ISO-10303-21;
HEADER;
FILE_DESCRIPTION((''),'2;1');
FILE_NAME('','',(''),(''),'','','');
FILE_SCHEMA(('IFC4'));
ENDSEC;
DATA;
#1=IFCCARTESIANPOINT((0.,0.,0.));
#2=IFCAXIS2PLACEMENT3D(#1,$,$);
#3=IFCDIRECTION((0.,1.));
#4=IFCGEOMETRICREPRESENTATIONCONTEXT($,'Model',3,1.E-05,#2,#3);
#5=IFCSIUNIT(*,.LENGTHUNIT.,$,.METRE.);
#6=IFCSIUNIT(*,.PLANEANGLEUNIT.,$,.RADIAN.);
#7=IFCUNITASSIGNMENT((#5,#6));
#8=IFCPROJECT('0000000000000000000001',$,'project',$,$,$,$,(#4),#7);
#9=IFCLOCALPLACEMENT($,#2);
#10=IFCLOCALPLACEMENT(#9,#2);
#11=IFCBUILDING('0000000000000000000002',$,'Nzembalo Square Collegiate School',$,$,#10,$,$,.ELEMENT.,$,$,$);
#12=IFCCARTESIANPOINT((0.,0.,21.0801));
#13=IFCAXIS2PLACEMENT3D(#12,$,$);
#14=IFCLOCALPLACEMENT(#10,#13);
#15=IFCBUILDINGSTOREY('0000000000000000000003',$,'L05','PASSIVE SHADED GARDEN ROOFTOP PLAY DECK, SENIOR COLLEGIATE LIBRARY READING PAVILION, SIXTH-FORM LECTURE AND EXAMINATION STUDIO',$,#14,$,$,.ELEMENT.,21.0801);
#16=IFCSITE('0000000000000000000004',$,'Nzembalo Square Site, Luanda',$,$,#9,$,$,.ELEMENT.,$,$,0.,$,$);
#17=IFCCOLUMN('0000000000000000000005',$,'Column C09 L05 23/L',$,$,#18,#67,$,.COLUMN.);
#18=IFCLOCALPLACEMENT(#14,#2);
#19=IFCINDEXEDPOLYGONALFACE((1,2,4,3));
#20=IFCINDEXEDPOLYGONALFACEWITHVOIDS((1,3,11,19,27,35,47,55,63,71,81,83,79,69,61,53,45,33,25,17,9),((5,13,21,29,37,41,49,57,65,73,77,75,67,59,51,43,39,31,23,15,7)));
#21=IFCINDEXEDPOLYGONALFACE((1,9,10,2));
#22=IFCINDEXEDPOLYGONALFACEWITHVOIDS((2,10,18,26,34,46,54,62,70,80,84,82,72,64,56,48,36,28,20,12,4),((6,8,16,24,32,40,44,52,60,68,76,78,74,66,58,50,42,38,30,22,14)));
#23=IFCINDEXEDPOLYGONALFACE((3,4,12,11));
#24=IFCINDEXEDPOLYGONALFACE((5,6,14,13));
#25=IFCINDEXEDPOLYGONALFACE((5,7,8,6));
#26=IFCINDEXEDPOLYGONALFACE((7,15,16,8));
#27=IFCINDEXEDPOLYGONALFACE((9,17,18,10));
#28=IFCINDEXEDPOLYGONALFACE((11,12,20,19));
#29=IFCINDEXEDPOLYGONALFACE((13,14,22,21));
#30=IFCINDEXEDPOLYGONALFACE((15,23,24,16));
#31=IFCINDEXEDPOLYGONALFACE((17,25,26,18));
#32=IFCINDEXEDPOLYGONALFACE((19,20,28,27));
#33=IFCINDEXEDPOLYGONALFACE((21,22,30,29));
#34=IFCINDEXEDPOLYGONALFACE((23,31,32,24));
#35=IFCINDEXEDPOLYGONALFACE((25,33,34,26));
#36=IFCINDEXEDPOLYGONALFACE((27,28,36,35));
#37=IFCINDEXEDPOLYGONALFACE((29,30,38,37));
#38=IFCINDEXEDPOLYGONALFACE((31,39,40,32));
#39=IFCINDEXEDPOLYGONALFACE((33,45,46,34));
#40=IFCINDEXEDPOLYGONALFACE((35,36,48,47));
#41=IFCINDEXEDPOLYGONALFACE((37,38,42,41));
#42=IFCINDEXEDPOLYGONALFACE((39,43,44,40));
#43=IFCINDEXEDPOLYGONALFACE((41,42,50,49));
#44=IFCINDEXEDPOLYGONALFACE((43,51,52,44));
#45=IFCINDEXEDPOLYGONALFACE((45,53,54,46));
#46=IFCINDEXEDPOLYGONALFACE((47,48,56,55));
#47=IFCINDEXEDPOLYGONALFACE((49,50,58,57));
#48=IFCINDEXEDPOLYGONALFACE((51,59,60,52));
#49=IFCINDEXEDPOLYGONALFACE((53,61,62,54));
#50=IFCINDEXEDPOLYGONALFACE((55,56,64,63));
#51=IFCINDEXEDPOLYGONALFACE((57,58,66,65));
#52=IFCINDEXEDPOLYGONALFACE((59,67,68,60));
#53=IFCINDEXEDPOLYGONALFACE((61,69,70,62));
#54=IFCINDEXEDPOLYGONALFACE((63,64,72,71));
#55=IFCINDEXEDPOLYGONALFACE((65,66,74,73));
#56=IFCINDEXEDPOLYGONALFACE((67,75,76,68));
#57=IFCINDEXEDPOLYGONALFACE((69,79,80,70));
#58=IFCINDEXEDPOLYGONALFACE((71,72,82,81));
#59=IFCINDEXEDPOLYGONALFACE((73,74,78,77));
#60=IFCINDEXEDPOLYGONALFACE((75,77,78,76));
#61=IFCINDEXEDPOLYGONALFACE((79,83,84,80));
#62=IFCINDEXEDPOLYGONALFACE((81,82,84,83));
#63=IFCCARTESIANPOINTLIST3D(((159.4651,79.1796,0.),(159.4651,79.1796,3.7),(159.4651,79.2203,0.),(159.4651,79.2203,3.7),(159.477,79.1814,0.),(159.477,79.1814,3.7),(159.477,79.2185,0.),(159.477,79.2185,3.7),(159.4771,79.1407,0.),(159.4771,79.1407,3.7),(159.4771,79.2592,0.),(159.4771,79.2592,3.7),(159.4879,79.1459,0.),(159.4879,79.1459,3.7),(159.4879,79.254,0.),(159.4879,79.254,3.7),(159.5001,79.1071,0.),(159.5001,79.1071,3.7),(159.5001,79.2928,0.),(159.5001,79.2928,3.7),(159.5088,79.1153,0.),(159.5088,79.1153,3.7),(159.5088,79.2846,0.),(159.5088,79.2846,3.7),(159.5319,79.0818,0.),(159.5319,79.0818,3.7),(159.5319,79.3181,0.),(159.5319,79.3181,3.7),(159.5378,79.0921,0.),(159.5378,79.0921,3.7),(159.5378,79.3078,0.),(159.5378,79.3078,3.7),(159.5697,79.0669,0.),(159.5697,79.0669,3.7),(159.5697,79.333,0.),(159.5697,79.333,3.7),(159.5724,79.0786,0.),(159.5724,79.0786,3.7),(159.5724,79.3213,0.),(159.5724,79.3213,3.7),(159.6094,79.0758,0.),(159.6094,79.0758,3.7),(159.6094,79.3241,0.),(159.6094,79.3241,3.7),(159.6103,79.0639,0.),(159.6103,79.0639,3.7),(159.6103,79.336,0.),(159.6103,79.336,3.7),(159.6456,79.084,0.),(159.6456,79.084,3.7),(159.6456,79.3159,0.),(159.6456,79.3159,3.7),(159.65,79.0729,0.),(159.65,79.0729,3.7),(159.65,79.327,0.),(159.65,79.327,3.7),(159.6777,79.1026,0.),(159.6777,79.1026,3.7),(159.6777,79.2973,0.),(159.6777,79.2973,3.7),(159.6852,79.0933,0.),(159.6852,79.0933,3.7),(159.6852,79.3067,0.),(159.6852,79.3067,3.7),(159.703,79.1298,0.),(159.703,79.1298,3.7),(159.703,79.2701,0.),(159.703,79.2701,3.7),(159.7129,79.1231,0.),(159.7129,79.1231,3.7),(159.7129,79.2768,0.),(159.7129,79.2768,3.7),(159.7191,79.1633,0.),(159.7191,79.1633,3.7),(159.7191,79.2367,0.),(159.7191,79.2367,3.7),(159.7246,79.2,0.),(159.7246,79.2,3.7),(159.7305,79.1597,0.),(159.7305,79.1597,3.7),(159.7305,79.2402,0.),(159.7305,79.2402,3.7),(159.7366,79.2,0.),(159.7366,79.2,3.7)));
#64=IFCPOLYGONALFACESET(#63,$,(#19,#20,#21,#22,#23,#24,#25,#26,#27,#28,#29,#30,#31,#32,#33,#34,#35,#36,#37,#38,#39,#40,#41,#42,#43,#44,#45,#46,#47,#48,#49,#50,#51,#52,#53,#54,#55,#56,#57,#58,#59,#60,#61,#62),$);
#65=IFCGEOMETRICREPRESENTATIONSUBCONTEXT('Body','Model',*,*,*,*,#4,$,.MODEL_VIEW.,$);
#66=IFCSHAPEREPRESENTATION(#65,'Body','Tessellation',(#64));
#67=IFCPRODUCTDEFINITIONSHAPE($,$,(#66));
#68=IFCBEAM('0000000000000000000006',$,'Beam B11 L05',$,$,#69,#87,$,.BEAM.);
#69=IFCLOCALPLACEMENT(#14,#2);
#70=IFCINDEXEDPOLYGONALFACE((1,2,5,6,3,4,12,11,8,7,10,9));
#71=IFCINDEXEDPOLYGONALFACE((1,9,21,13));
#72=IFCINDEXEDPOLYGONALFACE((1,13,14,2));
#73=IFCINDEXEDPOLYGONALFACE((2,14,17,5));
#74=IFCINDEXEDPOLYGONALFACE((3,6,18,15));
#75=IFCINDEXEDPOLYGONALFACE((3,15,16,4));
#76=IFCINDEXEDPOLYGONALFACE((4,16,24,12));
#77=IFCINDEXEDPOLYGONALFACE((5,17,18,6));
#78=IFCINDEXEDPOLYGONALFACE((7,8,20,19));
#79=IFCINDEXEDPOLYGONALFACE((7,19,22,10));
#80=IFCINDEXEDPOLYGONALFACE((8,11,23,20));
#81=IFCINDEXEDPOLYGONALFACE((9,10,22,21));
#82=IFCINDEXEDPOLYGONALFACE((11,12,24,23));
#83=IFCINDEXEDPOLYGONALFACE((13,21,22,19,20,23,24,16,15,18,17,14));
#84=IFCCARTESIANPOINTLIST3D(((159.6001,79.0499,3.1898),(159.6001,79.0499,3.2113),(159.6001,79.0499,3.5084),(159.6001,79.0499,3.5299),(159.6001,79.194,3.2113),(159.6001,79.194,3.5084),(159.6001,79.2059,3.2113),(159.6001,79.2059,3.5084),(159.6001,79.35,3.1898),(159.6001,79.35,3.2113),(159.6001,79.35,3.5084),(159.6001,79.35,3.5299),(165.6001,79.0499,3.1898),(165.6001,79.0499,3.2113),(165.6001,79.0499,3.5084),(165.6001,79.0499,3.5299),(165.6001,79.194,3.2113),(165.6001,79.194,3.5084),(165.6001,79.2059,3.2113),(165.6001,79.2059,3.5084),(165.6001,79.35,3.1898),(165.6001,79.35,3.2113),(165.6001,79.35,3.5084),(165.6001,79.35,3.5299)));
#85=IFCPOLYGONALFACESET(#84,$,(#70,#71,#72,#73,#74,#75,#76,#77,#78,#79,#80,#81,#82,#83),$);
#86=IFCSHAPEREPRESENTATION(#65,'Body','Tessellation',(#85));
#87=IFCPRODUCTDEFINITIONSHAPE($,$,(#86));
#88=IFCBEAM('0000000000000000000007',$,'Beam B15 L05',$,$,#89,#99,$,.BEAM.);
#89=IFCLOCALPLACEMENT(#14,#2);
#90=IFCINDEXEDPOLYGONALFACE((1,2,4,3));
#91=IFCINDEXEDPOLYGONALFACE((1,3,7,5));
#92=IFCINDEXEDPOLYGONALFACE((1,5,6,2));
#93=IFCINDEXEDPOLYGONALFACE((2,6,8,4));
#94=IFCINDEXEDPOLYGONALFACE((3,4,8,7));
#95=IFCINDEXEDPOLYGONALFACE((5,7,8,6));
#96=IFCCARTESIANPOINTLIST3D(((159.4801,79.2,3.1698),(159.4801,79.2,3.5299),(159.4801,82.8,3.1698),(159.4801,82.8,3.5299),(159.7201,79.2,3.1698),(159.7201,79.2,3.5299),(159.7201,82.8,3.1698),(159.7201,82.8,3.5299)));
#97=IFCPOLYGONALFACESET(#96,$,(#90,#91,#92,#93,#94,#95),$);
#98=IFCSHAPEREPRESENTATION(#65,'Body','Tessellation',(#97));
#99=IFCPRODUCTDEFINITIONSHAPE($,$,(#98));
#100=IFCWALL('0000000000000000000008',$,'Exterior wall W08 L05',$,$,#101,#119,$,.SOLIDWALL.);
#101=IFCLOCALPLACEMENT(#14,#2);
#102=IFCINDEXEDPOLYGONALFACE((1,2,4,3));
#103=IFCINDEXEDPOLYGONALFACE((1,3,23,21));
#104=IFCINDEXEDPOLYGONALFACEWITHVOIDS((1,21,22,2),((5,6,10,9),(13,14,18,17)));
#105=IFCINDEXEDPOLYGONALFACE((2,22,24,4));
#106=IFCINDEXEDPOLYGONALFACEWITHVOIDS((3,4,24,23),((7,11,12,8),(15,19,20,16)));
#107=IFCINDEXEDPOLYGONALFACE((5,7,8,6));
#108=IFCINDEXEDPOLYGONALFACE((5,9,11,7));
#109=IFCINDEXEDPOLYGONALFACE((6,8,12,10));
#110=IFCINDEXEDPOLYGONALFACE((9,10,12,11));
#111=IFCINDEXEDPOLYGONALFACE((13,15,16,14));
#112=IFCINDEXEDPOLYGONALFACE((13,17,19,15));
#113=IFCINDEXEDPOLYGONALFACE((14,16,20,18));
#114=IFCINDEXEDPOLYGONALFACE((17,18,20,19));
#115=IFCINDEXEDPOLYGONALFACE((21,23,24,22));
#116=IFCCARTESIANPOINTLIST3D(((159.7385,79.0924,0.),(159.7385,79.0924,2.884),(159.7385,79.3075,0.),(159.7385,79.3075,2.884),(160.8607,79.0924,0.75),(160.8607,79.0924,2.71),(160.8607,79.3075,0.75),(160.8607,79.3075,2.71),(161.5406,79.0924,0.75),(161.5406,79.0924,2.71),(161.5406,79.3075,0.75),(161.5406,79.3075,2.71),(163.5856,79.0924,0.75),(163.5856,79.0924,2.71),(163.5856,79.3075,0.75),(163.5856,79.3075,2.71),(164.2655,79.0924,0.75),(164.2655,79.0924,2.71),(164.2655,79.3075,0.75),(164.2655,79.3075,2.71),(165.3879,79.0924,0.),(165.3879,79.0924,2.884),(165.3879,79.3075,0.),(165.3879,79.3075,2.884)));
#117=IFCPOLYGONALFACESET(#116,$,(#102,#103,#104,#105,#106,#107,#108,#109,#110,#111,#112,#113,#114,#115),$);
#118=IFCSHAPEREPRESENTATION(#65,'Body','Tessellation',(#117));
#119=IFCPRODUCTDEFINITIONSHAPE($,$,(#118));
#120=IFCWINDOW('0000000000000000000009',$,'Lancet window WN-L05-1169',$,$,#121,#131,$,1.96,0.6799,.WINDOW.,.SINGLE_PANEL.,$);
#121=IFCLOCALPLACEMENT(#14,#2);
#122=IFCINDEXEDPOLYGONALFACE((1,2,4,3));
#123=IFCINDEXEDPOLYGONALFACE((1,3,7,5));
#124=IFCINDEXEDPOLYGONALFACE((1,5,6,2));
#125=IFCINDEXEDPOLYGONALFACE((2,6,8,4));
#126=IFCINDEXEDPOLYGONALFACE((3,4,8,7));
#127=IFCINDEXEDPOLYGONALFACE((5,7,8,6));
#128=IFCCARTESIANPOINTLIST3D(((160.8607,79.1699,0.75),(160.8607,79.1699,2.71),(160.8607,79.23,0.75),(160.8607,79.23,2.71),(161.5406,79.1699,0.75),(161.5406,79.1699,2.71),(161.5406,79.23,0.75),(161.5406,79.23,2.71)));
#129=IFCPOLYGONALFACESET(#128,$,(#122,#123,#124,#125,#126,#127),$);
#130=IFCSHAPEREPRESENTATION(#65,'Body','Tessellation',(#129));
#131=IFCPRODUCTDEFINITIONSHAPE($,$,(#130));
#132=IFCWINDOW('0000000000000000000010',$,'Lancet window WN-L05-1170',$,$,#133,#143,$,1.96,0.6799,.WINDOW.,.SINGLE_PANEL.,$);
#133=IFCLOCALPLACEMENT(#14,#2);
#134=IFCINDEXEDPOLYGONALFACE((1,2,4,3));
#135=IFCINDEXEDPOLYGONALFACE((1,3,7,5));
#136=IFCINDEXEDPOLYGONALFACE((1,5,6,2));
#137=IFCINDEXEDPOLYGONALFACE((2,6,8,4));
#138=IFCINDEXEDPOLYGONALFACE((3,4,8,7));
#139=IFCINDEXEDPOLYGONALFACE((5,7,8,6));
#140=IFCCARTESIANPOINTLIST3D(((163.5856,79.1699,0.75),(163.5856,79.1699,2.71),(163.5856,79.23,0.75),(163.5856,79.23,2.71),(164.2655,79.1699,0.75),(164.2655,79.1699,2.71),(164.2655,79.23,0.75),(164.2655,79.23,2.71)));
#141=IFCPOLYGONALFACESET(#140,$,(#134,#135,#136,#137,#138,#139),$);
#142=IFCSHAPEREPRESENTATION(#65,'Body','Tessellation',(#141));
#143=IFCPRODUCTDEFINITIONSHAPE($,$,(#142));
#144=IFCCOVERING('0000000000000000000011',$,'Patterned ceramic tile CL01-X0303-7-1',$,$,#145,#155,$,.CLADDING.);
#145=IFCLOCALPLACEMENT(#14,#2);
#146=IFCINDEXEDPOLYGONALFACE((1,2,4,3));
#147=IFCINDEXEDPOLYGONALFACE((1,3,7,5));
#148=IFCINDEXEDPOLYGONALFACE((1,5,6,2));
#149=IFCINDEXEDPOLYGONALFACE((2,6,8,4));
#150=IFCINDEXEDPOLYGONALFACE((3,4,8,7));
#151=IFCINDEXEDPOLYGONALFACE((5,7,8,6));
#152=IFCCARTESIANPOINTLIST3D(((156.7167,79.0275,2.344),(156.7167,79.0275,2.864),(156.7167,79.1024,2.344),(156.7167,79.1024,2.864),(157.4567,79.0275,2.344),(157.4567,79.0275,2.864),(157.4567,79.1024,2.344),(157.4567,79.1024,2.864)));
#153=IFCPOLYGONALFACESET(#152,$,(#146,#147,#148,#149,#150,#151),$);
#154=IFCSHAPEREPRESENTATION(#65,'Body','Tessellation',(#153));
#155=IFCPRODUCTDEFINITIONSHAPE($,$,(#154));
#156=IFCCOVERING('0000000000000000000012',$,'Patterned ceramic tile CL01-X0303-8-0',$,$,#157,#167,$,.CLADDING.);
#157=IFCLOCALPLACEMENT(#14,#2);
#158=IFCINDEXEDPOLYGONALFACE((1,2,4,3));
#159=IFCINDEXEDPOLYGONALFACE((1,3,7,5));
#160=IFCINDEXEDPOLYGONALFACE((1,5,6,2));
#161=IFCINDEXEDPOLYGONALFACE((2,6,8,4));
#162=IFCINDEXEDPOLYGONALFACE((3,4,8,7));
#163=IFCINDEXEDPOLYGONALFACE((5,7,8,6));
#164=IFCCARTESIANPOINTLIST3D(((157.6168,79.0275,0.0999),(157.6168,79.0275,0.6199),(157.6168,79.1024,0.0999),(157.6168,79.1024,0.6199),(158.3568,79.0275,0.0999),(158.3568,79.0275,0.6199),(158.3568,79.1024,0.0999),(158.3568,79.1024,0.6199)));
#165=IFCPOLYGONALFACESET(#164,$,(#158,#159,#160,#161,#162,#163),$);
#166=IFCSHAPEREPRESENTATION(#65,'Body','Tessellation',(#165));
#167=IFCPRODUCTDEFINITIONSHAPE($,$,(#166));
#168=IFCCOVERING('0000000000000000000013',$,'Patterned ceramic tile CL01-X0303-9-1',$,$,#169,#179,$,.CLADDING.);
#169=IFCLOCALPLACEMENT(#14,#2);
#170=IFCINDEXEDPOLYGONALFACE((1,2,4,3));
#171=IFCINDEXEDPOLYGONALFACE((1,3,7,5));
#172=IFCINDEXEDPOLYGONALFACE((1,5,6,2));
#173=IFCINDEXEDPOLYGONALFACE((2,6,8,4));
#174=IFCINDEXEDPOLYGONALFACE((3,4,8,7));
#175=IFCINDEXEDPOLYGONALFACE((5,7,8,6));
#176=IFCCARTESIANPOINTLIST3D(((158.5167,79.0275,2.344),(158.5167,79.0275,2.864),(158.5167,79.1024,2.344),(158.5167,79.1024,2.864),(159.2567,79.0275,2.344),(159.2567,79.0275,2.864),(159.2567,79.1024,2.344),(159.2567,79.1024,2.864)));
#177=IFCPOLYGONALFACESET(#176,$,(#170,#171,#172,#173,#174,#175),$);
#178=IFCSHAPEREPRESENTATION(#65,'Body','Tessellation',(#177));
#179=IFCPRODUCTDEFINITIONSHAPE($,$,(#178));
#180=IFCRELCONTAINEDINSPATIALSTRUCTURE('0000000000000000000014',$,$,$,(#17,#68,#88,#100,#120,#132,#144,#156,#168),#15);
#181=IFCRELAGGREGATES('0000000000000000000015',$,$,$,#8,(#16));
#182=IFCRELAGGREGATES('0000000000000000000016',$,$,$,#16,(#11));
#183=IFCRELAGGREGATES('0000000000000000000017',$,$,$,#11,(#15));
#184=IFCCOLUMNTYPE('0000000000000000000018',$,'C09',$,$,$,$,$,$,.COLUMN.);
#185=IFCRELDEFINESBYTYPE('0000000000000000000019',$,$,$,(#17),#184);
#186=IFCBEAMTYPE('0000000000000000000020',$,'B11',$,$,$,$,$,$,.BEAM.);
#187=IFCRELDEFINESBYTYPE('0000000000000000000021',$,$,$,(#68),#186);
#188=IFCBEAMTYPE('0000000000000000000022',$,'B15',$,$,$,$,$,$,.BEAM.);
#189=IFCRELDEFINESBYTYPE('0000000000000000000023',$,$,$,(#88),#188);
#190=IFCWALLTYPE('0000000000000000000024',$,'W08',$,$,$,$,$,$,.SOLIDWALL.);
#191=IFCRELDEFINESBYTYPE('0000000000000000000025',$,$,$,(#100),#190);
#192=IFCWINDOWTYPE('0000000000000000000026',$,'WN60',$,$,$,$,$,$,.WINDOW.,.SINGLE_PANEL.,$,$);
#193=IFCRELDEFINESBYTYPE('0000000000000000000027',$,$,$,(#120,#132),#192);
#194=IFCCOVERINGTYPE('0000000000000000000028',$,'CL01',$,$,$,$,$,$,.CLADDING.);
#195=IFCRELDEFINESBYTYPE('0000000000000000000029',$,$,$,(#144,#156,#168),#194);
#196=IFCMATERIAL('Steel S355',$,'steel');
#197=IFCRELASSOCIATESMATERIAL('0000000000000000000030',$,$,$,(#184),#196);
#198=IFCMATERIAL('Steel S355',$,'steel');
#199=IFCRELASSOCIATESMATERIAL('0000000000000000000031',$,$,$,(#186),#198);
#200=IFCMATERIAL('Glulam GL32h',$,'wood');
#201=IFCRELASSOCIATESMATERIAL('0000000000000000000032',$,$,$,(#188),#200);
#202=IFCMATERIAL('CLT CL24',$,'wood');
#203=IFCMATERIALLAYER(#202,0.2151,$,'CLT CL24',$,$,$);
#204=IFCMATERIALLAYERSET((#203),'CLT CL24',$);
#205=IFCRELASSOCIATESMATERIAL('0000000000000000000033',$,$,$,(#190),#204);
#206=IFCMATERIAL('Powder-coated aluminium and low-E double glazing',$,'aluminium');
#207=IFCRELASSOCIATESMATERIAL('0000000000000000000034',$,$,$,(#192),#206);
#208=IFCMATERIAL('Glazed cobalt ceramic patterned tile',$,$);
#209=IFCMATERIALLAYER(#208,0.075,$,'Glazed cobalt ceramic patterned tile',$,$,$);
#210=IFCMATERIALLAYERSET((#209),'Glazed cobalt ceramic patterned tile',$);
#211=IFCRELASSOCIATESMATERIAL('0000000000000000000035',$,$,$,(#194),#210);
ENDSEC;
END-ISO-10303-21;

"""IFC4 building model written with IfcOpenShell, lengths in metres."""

from ifc_helpers import new_model, si_unit, direction, frame, frame_2d, origin, origin_2d, place, context, subcontext, project, spatial, rectangle, hollow_circle, i_section, extrude, material, layer, layer_set, material_profile, profile_set, type_object, element, fill, save


model = new_model("IFC4")

# Units and contexts
model_context = context("Model", 3, precision=1e-05, world=origin(), true_north=direction((0.0, 1.0)))
body_context = subcontext(model_context, "Body", "Model", "MODEL_VIEW")
ifc_project = project(units=[si_unit("LENGTHUNIT", "METRE"), si_unit("PLANEANGLEUNIT", "RADIAN")], contexts=[model_context])

# Site, building, storey
site_placement = place(None, origin())
site = spatial("IfcSite", under=ifc_project, at=site_placement, Name="Nzembalo Square Site, Luanda", CompositionType="ELEMENT", RefElevation=0.0)
building_placement = place(site_placement, origin())
building = spatial("IfcBuilding", under=site, at=building_placement, Name="Nzembalo Square Collegiate School", CompositionType="ELEMENT")
storey_placement = place(building_placement, frame((0.0, 0.0, 21.0801)))
storey = spatial("IfcBuildingStorey", under=building, at=storey_placement, Name="L05", Description="PASSIVE SHADED GARDEN ROOFTOP PLAY DECK, SENIOR COLLEGIATE LIBRARY READING PAVILION, SIXTH-FORM LECTURE AND EXAMINATION STUDIO", CompositionType="ELEMENT", Elevation=21.0801)

# Column
ifc_material_1 = material(Name="Steel S355", Category="steel")
ifc_material_profile_1 = material_profile(ifc_material_1, hollow_circle(Radius=0.1365, WallThickness=0.012, at=origin_2d()), Name="CHS 273x12")
ifc_profile_set_1 = profile_set([ifc_material_profile_1], Name="Steel S355")
column_type = type_object("IfcColumnType", Name="C09", PredefinedType="COLUMN", material=ifc_profile_set_1)
column_placement = place(storey_placement, frame((159.6001, 79.2, 0.0), z_axis=(0.0, 0.0, 1.0), x_axis=(1.0, 0.0, 0.0)))
element("IfcColumn", 1, at=column_placement, inside=storey, type_object=column_type, Name="Column C09 L05 23/L", PredefinedType="COLUMN", context=body_context, shape_type="SweptSolid", body=[
    extrude(hollow_circle(Radius=0.1365, WallThickness=0.012, at=origin_2d()), origin(), (0.0, 0.0, 1.0), 3.7),
])

# Beams
ifc_material_2 = material(Name="Steel S355", Category="steel")
ifc_material_profile_2 = material_profile(ifc_material_2, i_section(OverallWidth=0.3, OverallDepth=0.3401, WebThickness=0.012, FlangeThickness=0.0215, at=origin_2d()), Name="HEB 340")
ifc_profile_set_2 = profile_set([ifc_material_profile_2], Name="Steel S355")
beam_type_1 = type_object("IfcBeamType", Name="B11", PredefinedType="BEAM", material=ifc_profile_set_2)
beam_1_placement = place(storey_placement, frame((159.6001, 79.2, 3.3599), z_axis=(1.0, 0.0, 0.0), x_axis=(0.0, 1.0, 0.0)))
element("IfcBeam", 2, at=beam_1_placement, inside=storey, type_object=beam_type_1, Name="Beam B11 L05", PredefinedType="BEAM", context=body_context, shape_type="SweptSolid", body=[
    extrude(i_section(OverallWidth=0.3, OverallDepth=0.3401, WebThickness=0.012, FlangeThickness=0.0215, at=origin_2d()), origin(), (0.0, 0.0, 1.0), 6.0),
])
ifc_material_3 = material(Name="Glulam GL32h", Category="wood")
ifc_material_profile_3 = material_profile(ifc_material_3, rectangle(XDim=0.24, YDim=0.3601, at=origin_2d()), Name="GL32h 240x360")
ifc_profile_set_3 = profile_set([ifc_material_profile_3], Name="Glulam GL32h")
beam_type_2 = type_object("IfcBeamType", Name="B15", PredefinedType="BEAM", material=ifc_profile_set_3)
beam_2_placement = place(storey_placement, frame((159.6001, 79.2, 3.3499), z_axis=(0.0, 1.0, 0.0), x_axis=(-1.0, 0.0, 0.0)))
element("IfcBeam", 3, at=beam_2_placement, inside=storey, type_object=beam_type_2, Name="Beam B15 L05", PredefinedType="BEAM", context=body_context, shape_type="SweptSolid", body=[
    extrude(rectangle(XDim=0.24, YDim=0.3601, at=origin_2d()), origin(), (0.0, 0.0, 1.0), 3.6001),
])

# Wall, openings, windows
ifc_material_4 = material(Name="CLT CL24", Category="wood")
ifc_layer_1 = layer(ifc_material_4, 0.2151, Name="CLT CL24")
ifc_layer_set_1 = layer_set([ifc_layer_1], Name="CLT CL24")
wall_type = type_object("IfcWallType", Name="W08", PredefinedType="SOLIDWALL", material=ifc_layer_set_1)
wall_placement = place(storey_placement, frame((159.7385, 79.2, 0.0), z_axis=(0.0, 0.0, 1.0), x_axis=(1.0, 0.0, 0.0)))
wall = element("IfcWall", 4, at=wall_placement, inside=storey, type_object=wall_type, Name="Exterior wall W08 L05", PredefinedType="SOLIDWALL", context=body_context, shape_type="SweptSolid", body=[
    extrude(rectangle(XDim=5.6494, YDim=0.2151, at=frame_2d((2.8247, 0.0))), origin(), (0.0, 0.0, 1.0), 2.884),
])
opening_1_placement = place(wall_placement, frame((1.1223, 0.0, 0.75)))
opening_1 = element("IfcOpeningElement", 5, at=opening_1_placement, cuts=wall, PredefinedType="OPENING", context=body_context, shape_type="SweptSolid", body=[
    extrude(rectangle(XDim=0.6799, YDim=1.96, at=frame_2d((0.3398, 0.98))), frame((0.0, 0.1177, 0.0), z_axis=(0.0, -1.0, 0.0), x_axis=(1.0, 0.0, 0.0)), (0.0, 0.0, 1.0), 0.2351),
])
opening_2_placement = place(wall_placement, frame((3.8472, 0.0, 0.75)))
opening_2 = element("IfcOpeningElement", 6, at=opening_2_placement, cuts=wall, PredefinedType="OPENING", context=body_context, shape_type="SweptSolid", body=[
    extrude(rectangle(XDim=0.6799, YDim=1.96, at=frame_2d((0.3398, 0.98))), frame((0.0, 0.1177, 0.0), z_axis=(0.0, -1.0, 0.0), x_axis=(1.0, 0.0, 0.0)), (0.0, 0.0, 1.0), 0.2351),
])
ifc_material_5 = material(Name="Powder-coated aluminium and low-E double glazing", Category="aluminium")
window_type = type_object("IfcWindowType", Name="WN60", PartitioningType="SINGLE_PANEL", PredefinedType="WINDOW", material=ifc_material_5)
window_1_placement = place(opening_1_placement, origin())
window_1 = element("IfcWindow", 7, at=window_1_placement, inside=storey, type_object=window_type, Name="Lancet window WN-L05-1169", OverallHeight=1.96, OverallWidth=0.6799, PartitioningType="SINGLE_PANEL", PredefinedType="WINDOW", context=body_context, shape_type="SweptSolid", body=[
    extrude(rectangle(XDim=0.6799, YDim=1.96, at=frame_2d((0.3398, 0.98))), frame((0.0, 0.03, 0.0), z_axis=(0.0, -1.0, 0.0), x_axis=(1.0, 0.0, 0.0)), (0.0, 0.0, 1.0), 0.0601),
])
fill(opening_1, window_1)
window_2_placement = place(opening_2_placement, origin())
window_2 = element("IfcWindow", 8, at=window_2_placement, inside=storey, type_object=window_type, Name="Lancet window WN-L05-1170", OverallHeight=1.96, OverallWidth=0.6799, PartitioningType="SINGLE_PANEL", PredefinedType="WINDOW", context=body_context, shape_type="SweptSolid", body=[
    extrude(rectangle(XDim=0.6799, YDim=1.96, at=frame_2d((0.3398, 0.98))), frame((0.0, 0.03, 0.0), z_axis=(0.0, -1.0, 0.0), x_axis=(1.0, 0.0, 0.0)), (0.0, 0.0, 1.0), 0.0601),
])
fill(opening_2, window_2)

# Coverings
ifc_material_6 = material(Name="Glazed cobalt ceramic patterned tile")
ifc_layer_2 = layer(ifc_material_6, 0.075, Name="Glazed cobalt ceramic patterned tile")
ifc_layer_set_2 = layer_set([ifc_layer_2], Name="Glazed cobalt ceramic patterned tile")
covering_type_1 = type_object("IfcCoveringType", Name="CL01", PredefinedType="CLADDING", material=ifc_layer_set_2)
for number, where, z_axis, x_axis, name in (
    (9, (157.0867, 79.0649, 2.344), (0.0, 0.0, 1.0), (1.0, 0.0, 0.0), "Patterned ceramic tile CL01-X0303-7-1"),
    (10, (157.9868, 79.0649, 0.0999), (0.0, 0.0, 1.0), (1.0, 0.0, 0.0), "Patterned ceramic tile CL01-X0303-8-0"),
    (11, (158.8867, 79.0649, 2.344), (0.0, 0.0, 1.0), (1.0, 0.0, 0.0), "Patterned ceramic tile CL01-X0303-9-1"),
):
    element("IfcCovering", number, at=place(storey_placement, frame(where, z_axis=z_axis, x_axis=x_axis)), inside=storey, type_object=covering_type_1, Name=name, PredefinedType="CLADDING", context=body_context, shape_type="SweptSolid", body=[
        extrude(rectangle(XDim=0.74, YDim=0.075, at=origin_2d()), origin(), (0.0, 0.0, 1.0), 0.52),
    ])

save(model, "model.ifc")
